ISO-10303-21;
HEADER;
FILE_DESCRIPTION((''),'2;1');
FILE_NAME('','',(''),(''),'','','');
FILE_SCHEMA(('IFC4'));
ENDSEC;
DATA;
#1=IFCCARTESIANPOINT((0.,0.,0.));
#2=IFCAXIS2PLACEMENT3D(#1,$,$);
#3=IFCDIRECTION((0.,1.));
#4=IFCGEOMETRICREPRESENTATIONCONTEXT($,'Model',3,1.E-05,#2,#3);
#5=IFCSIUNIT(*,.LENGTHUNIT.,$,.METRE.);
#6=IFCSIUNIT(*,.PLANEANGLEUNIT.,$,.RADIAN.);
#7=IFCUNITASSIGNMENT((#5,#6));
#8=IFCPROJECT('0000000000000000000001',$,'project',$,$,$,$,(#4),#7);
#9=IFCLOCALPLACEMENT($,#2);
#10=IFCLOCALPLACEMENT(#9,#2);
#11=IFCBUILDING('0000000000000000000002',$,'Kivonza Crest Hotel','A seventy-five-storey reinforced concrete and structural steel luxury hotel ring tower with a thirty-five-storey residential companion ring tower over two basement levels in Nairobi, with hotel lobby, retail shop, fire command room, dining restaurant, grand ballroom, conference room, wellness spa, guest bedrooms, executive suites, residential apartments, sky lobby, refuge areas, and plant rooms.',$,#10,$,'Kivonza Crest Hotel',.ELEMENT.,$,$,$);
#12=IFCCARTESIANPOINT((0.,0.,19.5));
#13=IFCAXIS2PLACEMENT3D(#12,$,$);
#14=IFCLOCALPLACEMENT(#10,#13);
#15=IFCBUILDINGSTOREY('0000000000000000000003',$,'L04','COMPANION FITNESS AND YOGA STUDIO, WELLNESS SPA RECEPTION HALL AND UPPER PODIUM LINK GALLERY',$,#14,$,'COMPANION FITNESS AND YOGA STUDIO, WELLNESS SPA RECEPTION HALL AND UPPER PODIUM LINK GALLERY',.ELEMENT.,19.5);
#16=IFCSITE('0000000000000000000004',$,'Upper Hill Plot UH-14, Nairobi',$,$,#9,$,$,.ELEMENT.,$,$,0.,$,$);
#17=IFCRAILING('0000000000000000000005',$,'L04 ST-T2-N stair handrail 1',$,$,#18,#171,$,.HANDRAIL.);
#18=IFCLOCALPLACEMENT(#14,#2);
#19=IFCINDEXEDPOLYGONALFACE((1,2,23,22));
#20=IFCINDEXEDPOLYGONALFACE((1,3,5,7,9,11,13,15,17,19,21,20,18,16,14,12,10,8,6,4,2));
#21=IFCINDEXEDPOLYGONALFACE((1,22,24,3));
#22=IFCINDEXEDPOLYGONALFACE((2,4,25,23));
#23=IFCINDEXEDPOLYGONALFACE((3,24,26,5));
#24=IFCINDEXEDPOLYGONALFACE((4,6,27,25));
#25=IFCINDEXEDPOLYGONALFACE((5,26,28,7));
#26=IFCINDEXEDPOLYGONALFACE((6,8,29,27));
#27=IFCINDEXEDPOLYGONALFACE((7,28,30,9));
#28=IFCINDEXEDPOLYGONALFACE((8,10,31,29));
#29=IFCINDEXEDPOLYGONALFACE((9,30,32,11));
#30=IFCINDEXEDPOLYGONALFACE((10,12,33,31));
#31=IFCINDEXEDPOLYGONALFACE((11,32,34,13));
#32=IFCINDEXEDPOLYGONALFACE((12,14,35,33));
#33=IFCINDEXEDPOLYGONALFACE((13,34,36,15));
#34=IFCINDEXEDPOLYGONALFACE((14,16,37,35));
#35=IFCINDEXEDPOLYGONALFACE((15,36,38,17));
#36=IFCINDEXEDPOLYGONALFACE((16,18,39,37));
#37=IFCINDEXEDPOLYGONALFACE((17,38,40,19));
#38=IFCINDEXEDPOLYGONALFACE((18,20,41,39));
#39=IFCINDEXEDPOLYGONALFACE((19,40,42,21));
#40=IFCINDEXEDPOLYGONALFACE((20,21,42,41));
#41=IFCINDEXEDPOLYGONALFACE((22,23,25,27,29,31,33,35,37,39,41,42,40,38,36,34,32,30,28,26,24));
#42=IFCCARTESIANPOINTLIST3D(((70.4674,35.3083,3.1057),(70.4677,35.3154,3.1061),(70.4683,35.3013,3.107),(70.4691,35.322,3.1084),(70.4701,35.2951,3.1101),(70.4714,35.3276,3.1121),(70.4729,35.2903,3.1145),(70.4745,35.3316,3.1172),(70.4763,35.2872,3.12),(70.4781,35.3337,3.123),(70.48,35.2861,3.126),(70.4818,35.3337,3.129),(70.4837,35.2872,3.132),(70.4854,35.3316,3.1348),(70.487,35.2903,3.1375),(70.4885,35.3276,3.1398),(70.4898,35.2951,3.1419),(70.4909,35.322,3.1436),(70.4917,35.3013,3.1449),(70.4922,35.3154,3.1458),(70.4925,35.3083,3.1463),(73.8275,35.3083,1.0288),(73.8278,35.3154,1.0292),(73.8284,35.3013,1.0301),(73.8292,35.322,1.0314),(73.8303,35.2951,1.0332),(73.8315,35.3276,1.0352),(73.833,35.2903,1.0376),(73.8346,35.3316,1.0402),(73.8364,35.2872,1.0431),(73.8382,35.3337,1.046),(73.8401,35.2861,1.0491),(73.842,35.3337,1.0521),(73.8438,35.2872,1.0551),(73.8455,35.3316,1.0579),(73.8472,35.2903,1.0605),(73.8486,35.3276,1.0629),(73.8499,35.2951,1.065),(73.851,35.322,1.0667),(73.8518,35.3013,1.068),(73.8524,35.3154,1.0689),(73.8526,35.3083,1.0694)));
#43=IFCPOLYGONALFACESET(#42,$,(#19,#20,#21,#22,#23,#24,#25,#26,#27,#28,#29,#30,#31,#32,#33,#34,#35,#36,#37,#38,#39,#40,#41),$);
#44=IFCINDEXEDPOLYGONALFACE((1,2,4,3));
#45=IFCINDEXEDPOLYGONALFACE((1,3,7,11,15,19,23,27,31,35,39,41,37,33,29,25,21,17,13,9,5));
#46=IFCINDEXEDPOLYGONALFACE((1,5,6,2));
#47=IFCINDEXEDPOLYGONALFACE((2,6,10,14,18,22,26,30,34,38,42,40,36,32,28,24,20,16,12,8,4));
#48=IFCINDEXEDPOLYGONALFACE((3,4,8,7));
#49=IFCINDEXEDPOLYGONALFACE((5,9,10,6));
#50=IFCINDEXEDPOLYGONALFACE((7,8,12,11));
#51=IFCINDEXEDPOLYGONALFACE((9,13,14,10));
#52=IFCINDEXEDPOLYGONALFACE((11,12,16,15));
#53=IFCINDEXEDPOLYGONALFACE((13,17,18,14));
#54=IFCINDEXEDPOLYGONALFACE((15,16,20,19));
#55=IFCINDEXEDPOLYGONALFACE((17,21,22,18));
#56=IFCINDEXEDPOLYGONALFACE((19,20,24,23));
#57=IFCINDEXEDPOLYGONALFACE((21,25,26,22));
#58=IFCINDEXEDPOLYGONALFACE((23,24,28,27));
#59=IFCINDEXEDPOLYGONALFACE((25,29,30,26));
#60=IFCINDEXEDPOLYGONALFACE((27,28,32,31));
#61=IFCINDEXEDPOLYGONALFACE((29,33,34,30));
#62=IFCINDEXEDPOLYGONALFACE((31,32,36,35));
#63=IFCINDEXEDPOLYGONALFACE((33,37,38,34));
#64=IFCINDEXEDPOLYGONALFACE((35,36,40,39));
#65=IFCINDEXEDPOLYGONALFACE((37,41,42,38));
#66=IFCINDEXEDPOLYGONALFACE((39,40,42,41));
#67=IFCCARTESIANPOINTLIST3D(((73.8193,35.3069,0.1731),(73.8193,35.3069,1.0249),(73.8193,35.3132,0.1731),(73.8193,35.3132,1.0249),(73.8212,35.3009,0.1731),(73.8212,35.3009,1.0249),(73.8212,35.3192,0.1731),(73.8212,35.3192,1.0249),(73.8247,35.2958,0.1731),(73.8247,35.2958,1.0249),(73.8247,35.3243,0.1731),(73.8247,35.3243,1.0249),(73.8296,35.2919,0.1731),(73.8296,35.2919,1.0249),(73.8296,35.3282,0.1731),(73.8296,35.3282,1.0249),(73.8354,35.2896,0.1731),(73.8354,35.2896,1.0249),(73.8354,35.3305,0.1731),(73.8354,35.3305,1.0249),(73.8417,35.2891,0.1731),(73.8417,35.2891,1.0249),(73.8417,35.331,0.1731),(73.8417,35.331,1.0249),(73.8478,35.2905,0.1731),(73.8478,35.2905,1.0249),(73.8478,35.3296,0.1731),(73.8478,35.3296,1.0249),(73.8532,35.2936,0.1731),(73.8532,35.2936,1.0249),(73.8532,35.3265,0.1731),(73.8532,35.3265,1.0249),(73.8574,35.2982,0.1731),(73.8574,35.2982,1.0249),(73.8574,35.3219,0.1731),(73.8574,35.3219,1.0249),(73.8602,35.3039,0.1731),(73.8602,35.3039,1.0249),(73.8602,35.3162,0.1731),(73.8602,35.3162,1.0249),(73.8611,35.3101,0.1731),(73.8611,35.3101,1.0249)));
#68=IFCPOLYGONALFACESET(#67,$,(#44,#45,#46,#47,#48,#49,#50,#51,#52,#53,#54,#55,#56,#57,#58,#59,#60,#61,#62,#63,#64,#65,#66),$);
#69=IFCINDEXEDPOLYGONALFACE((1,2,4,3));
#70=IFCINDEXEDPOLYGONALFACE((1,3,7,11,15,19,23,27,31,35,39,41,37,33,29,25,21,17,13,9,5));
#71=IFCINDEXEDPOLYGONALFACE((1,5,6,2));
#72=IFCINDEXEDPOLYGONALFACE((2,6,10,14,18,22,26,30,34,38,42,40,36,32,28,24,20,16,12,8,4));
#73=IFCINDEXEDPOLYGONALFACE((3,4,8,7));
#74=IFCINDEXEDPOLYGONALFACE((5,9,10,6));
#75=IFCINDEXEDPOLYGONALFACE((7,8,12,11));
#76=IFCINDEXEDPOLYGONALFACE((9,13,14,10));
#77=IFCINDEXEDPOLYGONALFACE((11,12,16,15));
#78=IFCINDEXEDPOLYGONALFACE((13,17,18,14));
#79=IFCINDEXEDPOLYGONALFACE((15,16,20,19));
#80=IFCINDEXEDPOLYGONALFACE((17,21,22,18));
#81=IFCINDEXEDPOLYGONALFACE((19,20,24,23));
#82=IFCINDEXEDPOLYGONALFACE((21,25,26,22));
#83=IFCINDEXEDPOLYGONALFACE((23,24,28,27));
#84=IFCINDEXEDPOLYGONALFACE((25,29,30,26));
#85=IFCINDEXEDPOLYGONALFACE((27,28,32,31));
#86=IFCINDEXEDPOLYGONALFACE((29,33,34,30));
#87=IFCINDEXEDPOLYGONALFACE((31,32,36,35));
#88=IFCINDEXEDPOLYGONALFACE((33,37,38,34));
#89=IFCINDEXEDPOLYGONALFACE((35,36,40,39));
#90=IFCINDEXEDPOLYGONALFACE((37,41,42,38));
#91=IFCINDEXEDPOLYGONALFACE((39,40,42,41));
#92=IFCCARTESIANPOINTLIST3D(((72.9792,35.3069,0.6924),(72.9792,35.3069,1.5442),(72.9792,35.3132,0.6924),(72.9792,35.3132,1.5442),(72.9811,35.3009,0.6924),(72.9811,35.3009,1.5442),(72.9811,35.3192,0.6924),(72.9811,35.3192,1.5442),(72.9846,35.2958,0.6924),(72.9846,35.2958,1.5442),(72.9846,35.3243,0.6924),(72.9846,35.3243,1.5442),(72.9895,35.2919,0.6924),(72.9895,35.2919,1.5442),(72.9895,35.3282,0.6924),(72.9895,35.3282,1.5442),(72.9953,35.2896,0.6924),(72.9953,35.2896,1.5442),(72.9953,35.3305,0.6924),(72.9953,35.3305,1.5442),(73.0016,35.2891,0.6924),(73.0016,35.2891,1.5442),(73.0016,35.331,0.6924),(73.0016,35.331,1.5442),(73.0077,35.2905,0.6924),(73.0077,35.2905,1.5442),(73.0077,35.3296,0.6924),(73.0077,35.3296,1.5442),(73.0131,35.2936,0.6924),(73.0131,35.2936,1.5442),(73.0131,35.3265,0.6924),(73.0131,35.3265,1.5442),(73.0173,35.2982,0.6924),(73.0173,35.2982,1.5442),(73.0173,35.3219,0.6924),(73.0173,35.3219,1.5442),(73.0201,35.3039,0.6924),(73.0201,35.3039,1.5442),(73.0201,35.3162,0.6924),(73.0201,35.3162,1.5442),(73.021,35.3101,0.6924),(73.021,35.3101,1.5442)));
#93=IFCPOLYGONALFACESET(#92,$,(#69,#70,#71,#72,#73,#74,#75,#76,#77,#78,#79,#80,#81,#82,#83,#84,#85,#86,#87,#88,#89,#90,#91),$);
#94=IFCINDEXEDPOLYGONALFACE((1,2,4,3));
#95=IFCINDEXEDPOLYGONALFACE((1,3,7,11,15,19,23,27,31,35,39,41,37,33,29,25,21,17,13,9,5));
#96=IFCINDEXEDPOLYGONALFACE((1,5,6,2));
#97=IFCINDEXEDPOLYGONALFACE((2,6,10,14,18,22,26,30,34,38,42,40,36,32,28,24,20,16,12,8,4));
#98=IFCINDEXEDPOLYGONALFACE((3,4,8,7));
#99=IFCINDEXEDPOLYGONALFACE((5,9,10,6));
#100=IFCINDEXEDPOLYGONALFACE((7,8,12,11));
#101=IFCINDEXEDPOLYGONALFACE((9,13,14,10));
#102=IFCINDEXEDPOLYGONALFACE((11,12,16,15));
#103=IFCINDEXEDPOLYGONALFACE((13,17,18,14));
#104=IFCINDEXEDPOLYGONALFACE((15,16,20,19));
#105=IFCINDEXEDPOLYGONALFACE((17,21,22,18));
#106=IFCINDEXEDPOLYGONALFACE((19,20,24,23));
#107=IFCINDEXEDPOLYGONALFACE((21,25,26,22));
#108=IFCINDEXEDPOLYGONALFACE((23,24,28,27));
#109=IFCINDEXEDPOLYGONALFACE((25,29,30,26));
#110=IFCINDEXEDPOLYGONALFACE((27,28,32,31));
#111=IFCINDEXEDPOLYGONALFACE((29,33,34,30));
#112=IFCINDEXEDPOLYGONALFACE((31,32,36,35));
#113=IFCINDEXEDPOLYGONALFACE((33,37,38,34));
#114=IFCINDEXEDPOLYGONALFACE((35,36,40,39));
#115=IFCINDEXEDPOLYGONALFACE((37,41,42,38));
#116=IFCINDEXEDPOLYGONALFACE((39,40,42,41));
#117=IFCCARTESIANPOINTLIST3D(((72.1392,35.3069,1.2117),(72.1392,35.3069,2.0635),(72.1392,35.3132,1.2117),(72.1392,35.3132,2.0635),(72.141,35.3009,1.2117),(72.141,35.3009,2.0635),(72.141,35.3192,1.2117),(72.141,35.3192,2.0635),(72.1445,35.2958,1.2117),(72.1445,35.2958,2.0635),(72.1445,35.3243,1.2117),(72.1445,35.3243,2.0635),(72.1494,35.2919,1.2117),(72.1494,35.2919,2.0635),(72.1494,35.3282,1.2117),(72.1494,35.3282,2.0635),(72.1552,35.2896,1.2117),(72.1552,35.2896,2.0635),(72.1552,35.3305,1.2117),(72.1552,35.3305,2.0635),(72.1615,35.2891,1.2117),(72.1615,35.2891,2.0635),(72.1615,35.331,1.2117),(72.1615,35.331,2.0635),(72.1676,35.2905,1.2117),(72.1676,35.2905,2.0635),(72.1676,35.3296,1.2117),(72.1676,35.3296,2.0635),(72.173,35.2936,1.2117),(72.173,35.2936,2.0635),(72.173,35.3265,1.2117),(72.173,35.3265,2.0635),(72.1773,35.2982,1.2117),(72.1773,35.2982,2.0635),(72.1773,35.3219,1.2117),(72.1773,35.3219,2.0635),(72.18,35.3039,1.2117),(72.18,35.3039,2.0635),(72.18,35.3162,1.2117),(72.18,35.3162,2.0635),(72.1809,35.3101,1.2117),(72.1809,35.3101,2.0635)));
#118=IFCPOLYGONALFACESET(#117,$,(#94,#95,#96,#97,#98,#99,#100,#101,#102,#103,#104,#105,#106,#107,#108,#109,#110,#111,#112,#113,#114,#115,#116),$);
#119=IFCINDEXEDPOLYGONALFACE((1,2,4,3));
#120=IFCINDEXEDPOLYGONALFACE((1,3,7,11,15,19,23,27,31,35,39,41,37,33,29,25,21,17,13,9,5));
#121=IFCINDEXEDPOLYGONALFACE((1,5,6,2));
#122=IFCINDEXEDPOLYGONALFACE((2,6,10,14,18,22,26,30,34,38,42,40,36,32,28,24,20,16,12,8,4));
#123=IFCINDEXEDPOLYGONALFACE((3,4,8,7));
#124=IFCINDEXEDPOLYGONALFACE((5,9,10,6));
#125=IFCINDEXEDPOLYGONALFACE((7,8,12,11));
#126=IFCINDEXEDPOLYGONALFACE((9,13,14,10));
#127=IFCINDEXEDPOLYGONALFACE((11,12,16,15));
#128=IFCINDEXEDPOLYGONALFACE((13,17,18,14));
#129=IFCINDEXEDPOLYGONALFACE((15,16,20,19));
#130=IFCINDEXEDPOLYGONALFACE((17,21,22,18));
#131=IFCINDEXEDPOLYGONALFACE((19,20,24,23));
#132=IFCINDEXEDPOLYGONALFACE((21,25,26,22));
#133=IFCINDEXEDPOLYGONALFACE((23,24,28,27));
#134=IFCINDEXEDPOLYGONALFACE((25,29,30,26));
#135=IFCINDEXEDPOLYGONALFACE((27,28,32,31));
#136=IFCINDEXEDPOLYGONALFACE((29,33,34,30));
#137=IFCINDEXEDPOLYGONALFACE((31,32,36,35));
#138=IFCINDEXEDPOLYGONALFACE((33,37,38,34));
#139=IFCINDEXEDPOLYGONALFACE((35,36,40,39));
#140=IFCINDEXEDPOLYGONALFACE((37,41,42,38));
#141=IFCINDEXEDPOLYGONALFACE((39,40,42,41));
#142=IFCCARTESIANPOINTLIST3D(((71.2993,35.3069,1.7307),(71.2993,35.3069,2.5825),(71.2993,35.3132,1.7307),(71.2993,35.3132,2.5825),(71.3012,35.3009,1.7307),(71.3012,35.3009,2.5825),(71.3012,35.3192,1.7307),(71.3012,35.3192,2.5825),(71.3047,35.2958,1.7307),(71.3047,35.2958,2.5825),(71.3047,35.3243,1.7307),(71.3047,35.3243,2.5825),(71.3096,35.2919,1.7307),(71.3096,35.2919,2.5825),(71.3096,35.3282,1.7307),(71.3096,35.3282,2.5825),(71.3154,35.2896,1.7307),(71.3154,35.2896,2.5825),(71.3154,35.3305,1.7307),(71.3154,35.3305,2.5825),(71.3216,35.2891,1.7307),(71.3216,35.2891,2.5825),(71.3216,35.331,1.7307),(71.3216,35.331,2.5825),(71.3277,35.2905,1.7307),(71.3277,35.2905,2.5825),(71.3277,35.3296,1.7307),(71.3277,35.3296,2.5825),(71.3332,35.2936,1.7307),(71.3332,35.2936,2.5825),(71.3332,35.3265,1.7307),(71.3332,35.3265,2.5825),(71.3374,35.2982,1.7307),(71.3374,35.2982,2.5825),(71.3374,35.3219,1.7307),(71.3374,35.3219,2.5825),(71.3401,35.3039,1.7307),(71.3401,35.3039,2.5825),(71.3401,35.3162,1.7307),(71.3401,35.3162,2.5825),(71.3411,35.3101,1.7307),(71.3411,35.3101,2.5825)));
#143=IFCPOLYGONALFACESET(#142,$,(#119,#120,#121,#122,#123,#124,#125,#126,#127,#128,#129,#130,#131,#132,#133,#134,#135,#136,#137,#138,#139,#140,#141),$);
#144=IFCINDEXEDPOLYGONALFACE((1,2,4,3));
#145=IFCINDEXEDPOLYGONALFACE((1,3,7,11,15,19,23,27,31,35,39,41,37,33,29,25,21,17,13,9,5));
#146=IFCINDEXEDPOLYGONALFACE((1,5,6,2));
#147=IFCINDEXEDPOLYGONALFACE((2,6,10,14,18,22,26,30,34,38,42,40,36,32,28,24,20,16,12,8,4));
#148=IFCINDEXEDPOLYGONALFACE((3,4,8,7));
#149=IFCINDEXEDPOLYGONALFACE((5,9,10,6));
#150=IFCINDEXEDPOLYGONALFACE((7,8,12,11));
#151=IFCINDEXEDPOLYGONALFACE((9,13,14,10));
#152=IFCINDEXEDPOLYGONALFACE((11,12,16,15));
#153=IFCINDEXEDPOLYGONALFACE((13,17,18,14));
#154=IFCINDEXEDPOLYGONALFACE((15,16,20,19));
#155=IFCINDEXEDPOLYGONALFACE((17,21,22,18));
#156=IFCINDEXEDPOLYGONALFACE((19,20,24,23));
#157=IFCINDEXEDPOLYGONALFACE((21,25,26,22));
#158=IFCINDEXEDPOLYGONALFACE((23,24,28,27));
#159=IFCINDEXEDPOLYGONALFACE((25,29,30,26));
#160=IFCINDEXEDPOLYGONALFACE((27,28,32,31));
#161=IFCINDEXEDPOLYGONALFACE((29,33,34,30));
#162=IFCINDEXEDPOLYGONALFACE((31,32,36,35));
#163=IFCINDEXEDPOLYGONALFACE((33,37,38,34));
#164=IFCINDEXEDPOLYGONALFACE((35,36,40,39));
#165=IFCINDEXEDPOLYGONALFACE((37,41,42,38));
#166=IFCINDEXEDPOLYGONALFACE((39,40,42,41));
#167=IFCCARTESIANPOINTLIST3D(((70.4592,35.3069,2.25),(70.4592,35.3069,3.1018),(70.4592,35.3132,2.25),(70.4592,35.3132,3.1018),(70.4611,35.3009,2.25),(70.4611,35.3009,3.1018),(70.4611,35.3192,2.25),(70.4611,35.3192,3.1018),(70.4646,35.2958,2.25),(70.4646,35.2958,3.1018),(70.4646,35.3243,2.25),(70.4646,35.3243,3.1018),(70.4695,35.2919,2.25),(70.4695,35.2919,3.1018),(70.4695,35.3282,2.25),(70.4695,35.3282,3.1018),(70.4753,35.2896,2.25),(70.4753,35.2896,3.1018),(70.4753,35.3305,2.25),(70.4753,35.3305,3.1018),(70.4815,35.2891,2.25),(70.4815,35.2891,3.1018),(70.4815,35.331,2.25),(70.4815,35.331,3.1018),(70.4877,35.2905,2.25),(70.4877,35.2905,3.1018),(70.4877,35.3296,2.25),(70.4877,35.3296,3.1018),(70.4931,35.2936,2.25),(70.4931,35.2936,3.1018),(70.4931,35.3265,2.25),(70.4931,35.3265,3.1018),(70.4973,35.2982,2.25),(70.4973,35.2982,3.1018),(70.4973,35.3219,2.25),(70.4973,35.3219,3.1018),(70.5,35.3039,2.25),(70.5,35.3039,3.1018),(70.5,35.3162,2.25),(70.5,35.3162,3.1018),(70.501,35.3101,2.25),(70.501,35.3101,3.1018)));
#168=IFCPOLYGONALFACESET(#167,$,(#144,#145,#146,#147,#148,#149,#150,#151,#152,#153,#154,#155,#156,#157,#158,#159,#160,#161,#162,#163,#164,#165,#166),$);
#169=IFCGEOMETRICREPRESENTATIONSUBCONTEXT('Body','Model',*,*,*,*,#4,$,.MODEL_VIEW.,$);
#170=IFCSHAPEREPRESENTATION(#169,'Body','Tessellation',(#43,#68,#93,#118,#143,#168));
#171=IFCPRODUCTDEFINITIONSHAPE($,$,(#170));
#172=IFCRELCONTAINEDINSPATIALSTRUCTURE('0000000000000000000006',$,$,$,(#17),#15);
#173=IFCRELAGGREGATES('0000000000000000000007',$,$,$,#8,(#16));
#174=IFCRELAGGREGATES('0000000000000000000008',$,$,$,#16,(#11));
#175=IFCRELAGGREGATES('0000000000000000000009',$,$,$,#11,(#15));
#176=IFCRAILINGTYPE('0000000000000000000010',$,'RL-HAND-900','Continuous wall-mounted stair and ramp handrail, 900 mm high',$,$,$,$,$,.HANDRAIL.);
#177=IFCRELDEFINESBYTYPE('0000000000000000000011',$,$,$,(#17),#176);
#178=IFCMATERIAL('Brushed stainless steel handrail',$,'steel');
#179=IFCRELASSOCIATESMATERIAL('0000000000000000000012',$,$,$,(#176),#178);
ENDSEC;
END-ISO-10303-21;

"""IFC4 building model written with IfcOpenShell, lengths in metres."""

from ifc_helpers import new_model, si_unit, direction, frame, origin, origin_2d, place, context, subcontext, project, spatial, circle, extrude, material, type_object, element, save


model = new_model("IFC4")

# Units and contexts
model_context = context("Model", 3, precision=1e-05, world=origin(), true_north=direction((0.0, 1.0)))
body_context = subcontext(model_context, "Body", "Model", "MODEL_VIEW")
ifc_project = project(units=[si_unit("LENGTHUNIT", "METRE"), si_unit("PLANEANGLEUNIT", "RADIAN")], contexts=[model_context])

# Site, building, storey
site_placement = place(None, origin())
site = spatial("IfcSite", under=ifc_project, at=site_placement, Name="Upper Hill Plot UH-14, Nairobi", CompositionType="ELEMENT", RefElevation=0.0)
building_placement = place(site_placement, origin())
building = spatial("IfcBuilding", under=site, at=building_placement, Name="Kivonza Crest Hotel", Description="A seventy-five-storey reinforced concrete and structural steel luxury hotel ring tower with a thirty-five-storey residential companion ring tower over two basement levels in Nairobi, with hotel lobby, retail shop, fire command room, dining restaurant, grand ballroom, conference room, wellness spa, guest bedrooms, executive suites, residential apartments, sky lobby, refuge areas, and plant rooms.", LongName="Kivonza Crest Hotel", CompositionType="ELEMENT")
storey_placement = place(building_placement, frame((0.0, 0.0, 19.5)))
storey = spatial("IfcBuildingStorey", under=building, at=storey_placement, Name="L04", Description="COMPANION FITNESS AND YOGA STUDIO, WELLNESS SPA RECEPTION HALL AND UPPER PODIUM LINK GALLERY", LongName="COMPANION FITNESS AND YOGA STUDIO, WELLNESS SPA RECEPTION HALL AND UPPER PODIUM LINK GALLERY", CompositionType="ELEMENT", Elevation=19.5)

# Railing
ifc_material_1 = material(Name="Brushed stainless steel handrail", Category="steel")
railing_type_1 = type_object("IfcRailingType", Name="RL-HAND-900", Description="Continuous wall-mounted stair and ramp handrail, 900 mm high", PredefinedType="HANDRAIL", material=ifc_material_1)
railing_1_placement = place(storey_placement, frame((73.8401, 35.3101, 0.1731)))
element("IfcRailing", 1, at=railing_1_placement, inside=storey, type_object=railing_type_1, Name="L04 ST-T2-N stair handrail 1", PredefinedType="HANDRAIL", context=body_context, shape_type="SweptSolid", body=[
    extrude(circle(Radius=0.0239, at=origin_2d()), frame((0.0, 0.0, 0.876), z_axis=(-0.850623, 0.0, 0.525776), x_axis=(0.0, -1.0, 0.0)), (0.0, 0.0, 1.0), 3.9502),
    extrude(circle(Radius=0.021, at=origin_2d()), origin(), (0.0, 0.0, 1.0), 0.8518),
    extrude(circle(Radius=0.021, at=origin_2d()), frame((-0.8401, 0.0, 0.5193)), (0.0, 0.0, 1.0), 0.8518),
    extrude(circle(Radius=0.021, at=origin_2d()), frame((-1.6802, 0.0, 1.0386)), (0.0, 0.0, 1.0), 0.8518),
    extrude(circle(Radius=0.021, at=origin_2d()), frame((-2.52, 0.0, 1.5576)), (0.0, 0.0, 1.0), 0.8518),
    extrude(circle(Radius=0.021, at=origin_2d()), frame((-3.3601, 0.0, 2.0769)), (0.0, 0.0, 1.0), 0.8518),
])

save(model, "model.ifc")
